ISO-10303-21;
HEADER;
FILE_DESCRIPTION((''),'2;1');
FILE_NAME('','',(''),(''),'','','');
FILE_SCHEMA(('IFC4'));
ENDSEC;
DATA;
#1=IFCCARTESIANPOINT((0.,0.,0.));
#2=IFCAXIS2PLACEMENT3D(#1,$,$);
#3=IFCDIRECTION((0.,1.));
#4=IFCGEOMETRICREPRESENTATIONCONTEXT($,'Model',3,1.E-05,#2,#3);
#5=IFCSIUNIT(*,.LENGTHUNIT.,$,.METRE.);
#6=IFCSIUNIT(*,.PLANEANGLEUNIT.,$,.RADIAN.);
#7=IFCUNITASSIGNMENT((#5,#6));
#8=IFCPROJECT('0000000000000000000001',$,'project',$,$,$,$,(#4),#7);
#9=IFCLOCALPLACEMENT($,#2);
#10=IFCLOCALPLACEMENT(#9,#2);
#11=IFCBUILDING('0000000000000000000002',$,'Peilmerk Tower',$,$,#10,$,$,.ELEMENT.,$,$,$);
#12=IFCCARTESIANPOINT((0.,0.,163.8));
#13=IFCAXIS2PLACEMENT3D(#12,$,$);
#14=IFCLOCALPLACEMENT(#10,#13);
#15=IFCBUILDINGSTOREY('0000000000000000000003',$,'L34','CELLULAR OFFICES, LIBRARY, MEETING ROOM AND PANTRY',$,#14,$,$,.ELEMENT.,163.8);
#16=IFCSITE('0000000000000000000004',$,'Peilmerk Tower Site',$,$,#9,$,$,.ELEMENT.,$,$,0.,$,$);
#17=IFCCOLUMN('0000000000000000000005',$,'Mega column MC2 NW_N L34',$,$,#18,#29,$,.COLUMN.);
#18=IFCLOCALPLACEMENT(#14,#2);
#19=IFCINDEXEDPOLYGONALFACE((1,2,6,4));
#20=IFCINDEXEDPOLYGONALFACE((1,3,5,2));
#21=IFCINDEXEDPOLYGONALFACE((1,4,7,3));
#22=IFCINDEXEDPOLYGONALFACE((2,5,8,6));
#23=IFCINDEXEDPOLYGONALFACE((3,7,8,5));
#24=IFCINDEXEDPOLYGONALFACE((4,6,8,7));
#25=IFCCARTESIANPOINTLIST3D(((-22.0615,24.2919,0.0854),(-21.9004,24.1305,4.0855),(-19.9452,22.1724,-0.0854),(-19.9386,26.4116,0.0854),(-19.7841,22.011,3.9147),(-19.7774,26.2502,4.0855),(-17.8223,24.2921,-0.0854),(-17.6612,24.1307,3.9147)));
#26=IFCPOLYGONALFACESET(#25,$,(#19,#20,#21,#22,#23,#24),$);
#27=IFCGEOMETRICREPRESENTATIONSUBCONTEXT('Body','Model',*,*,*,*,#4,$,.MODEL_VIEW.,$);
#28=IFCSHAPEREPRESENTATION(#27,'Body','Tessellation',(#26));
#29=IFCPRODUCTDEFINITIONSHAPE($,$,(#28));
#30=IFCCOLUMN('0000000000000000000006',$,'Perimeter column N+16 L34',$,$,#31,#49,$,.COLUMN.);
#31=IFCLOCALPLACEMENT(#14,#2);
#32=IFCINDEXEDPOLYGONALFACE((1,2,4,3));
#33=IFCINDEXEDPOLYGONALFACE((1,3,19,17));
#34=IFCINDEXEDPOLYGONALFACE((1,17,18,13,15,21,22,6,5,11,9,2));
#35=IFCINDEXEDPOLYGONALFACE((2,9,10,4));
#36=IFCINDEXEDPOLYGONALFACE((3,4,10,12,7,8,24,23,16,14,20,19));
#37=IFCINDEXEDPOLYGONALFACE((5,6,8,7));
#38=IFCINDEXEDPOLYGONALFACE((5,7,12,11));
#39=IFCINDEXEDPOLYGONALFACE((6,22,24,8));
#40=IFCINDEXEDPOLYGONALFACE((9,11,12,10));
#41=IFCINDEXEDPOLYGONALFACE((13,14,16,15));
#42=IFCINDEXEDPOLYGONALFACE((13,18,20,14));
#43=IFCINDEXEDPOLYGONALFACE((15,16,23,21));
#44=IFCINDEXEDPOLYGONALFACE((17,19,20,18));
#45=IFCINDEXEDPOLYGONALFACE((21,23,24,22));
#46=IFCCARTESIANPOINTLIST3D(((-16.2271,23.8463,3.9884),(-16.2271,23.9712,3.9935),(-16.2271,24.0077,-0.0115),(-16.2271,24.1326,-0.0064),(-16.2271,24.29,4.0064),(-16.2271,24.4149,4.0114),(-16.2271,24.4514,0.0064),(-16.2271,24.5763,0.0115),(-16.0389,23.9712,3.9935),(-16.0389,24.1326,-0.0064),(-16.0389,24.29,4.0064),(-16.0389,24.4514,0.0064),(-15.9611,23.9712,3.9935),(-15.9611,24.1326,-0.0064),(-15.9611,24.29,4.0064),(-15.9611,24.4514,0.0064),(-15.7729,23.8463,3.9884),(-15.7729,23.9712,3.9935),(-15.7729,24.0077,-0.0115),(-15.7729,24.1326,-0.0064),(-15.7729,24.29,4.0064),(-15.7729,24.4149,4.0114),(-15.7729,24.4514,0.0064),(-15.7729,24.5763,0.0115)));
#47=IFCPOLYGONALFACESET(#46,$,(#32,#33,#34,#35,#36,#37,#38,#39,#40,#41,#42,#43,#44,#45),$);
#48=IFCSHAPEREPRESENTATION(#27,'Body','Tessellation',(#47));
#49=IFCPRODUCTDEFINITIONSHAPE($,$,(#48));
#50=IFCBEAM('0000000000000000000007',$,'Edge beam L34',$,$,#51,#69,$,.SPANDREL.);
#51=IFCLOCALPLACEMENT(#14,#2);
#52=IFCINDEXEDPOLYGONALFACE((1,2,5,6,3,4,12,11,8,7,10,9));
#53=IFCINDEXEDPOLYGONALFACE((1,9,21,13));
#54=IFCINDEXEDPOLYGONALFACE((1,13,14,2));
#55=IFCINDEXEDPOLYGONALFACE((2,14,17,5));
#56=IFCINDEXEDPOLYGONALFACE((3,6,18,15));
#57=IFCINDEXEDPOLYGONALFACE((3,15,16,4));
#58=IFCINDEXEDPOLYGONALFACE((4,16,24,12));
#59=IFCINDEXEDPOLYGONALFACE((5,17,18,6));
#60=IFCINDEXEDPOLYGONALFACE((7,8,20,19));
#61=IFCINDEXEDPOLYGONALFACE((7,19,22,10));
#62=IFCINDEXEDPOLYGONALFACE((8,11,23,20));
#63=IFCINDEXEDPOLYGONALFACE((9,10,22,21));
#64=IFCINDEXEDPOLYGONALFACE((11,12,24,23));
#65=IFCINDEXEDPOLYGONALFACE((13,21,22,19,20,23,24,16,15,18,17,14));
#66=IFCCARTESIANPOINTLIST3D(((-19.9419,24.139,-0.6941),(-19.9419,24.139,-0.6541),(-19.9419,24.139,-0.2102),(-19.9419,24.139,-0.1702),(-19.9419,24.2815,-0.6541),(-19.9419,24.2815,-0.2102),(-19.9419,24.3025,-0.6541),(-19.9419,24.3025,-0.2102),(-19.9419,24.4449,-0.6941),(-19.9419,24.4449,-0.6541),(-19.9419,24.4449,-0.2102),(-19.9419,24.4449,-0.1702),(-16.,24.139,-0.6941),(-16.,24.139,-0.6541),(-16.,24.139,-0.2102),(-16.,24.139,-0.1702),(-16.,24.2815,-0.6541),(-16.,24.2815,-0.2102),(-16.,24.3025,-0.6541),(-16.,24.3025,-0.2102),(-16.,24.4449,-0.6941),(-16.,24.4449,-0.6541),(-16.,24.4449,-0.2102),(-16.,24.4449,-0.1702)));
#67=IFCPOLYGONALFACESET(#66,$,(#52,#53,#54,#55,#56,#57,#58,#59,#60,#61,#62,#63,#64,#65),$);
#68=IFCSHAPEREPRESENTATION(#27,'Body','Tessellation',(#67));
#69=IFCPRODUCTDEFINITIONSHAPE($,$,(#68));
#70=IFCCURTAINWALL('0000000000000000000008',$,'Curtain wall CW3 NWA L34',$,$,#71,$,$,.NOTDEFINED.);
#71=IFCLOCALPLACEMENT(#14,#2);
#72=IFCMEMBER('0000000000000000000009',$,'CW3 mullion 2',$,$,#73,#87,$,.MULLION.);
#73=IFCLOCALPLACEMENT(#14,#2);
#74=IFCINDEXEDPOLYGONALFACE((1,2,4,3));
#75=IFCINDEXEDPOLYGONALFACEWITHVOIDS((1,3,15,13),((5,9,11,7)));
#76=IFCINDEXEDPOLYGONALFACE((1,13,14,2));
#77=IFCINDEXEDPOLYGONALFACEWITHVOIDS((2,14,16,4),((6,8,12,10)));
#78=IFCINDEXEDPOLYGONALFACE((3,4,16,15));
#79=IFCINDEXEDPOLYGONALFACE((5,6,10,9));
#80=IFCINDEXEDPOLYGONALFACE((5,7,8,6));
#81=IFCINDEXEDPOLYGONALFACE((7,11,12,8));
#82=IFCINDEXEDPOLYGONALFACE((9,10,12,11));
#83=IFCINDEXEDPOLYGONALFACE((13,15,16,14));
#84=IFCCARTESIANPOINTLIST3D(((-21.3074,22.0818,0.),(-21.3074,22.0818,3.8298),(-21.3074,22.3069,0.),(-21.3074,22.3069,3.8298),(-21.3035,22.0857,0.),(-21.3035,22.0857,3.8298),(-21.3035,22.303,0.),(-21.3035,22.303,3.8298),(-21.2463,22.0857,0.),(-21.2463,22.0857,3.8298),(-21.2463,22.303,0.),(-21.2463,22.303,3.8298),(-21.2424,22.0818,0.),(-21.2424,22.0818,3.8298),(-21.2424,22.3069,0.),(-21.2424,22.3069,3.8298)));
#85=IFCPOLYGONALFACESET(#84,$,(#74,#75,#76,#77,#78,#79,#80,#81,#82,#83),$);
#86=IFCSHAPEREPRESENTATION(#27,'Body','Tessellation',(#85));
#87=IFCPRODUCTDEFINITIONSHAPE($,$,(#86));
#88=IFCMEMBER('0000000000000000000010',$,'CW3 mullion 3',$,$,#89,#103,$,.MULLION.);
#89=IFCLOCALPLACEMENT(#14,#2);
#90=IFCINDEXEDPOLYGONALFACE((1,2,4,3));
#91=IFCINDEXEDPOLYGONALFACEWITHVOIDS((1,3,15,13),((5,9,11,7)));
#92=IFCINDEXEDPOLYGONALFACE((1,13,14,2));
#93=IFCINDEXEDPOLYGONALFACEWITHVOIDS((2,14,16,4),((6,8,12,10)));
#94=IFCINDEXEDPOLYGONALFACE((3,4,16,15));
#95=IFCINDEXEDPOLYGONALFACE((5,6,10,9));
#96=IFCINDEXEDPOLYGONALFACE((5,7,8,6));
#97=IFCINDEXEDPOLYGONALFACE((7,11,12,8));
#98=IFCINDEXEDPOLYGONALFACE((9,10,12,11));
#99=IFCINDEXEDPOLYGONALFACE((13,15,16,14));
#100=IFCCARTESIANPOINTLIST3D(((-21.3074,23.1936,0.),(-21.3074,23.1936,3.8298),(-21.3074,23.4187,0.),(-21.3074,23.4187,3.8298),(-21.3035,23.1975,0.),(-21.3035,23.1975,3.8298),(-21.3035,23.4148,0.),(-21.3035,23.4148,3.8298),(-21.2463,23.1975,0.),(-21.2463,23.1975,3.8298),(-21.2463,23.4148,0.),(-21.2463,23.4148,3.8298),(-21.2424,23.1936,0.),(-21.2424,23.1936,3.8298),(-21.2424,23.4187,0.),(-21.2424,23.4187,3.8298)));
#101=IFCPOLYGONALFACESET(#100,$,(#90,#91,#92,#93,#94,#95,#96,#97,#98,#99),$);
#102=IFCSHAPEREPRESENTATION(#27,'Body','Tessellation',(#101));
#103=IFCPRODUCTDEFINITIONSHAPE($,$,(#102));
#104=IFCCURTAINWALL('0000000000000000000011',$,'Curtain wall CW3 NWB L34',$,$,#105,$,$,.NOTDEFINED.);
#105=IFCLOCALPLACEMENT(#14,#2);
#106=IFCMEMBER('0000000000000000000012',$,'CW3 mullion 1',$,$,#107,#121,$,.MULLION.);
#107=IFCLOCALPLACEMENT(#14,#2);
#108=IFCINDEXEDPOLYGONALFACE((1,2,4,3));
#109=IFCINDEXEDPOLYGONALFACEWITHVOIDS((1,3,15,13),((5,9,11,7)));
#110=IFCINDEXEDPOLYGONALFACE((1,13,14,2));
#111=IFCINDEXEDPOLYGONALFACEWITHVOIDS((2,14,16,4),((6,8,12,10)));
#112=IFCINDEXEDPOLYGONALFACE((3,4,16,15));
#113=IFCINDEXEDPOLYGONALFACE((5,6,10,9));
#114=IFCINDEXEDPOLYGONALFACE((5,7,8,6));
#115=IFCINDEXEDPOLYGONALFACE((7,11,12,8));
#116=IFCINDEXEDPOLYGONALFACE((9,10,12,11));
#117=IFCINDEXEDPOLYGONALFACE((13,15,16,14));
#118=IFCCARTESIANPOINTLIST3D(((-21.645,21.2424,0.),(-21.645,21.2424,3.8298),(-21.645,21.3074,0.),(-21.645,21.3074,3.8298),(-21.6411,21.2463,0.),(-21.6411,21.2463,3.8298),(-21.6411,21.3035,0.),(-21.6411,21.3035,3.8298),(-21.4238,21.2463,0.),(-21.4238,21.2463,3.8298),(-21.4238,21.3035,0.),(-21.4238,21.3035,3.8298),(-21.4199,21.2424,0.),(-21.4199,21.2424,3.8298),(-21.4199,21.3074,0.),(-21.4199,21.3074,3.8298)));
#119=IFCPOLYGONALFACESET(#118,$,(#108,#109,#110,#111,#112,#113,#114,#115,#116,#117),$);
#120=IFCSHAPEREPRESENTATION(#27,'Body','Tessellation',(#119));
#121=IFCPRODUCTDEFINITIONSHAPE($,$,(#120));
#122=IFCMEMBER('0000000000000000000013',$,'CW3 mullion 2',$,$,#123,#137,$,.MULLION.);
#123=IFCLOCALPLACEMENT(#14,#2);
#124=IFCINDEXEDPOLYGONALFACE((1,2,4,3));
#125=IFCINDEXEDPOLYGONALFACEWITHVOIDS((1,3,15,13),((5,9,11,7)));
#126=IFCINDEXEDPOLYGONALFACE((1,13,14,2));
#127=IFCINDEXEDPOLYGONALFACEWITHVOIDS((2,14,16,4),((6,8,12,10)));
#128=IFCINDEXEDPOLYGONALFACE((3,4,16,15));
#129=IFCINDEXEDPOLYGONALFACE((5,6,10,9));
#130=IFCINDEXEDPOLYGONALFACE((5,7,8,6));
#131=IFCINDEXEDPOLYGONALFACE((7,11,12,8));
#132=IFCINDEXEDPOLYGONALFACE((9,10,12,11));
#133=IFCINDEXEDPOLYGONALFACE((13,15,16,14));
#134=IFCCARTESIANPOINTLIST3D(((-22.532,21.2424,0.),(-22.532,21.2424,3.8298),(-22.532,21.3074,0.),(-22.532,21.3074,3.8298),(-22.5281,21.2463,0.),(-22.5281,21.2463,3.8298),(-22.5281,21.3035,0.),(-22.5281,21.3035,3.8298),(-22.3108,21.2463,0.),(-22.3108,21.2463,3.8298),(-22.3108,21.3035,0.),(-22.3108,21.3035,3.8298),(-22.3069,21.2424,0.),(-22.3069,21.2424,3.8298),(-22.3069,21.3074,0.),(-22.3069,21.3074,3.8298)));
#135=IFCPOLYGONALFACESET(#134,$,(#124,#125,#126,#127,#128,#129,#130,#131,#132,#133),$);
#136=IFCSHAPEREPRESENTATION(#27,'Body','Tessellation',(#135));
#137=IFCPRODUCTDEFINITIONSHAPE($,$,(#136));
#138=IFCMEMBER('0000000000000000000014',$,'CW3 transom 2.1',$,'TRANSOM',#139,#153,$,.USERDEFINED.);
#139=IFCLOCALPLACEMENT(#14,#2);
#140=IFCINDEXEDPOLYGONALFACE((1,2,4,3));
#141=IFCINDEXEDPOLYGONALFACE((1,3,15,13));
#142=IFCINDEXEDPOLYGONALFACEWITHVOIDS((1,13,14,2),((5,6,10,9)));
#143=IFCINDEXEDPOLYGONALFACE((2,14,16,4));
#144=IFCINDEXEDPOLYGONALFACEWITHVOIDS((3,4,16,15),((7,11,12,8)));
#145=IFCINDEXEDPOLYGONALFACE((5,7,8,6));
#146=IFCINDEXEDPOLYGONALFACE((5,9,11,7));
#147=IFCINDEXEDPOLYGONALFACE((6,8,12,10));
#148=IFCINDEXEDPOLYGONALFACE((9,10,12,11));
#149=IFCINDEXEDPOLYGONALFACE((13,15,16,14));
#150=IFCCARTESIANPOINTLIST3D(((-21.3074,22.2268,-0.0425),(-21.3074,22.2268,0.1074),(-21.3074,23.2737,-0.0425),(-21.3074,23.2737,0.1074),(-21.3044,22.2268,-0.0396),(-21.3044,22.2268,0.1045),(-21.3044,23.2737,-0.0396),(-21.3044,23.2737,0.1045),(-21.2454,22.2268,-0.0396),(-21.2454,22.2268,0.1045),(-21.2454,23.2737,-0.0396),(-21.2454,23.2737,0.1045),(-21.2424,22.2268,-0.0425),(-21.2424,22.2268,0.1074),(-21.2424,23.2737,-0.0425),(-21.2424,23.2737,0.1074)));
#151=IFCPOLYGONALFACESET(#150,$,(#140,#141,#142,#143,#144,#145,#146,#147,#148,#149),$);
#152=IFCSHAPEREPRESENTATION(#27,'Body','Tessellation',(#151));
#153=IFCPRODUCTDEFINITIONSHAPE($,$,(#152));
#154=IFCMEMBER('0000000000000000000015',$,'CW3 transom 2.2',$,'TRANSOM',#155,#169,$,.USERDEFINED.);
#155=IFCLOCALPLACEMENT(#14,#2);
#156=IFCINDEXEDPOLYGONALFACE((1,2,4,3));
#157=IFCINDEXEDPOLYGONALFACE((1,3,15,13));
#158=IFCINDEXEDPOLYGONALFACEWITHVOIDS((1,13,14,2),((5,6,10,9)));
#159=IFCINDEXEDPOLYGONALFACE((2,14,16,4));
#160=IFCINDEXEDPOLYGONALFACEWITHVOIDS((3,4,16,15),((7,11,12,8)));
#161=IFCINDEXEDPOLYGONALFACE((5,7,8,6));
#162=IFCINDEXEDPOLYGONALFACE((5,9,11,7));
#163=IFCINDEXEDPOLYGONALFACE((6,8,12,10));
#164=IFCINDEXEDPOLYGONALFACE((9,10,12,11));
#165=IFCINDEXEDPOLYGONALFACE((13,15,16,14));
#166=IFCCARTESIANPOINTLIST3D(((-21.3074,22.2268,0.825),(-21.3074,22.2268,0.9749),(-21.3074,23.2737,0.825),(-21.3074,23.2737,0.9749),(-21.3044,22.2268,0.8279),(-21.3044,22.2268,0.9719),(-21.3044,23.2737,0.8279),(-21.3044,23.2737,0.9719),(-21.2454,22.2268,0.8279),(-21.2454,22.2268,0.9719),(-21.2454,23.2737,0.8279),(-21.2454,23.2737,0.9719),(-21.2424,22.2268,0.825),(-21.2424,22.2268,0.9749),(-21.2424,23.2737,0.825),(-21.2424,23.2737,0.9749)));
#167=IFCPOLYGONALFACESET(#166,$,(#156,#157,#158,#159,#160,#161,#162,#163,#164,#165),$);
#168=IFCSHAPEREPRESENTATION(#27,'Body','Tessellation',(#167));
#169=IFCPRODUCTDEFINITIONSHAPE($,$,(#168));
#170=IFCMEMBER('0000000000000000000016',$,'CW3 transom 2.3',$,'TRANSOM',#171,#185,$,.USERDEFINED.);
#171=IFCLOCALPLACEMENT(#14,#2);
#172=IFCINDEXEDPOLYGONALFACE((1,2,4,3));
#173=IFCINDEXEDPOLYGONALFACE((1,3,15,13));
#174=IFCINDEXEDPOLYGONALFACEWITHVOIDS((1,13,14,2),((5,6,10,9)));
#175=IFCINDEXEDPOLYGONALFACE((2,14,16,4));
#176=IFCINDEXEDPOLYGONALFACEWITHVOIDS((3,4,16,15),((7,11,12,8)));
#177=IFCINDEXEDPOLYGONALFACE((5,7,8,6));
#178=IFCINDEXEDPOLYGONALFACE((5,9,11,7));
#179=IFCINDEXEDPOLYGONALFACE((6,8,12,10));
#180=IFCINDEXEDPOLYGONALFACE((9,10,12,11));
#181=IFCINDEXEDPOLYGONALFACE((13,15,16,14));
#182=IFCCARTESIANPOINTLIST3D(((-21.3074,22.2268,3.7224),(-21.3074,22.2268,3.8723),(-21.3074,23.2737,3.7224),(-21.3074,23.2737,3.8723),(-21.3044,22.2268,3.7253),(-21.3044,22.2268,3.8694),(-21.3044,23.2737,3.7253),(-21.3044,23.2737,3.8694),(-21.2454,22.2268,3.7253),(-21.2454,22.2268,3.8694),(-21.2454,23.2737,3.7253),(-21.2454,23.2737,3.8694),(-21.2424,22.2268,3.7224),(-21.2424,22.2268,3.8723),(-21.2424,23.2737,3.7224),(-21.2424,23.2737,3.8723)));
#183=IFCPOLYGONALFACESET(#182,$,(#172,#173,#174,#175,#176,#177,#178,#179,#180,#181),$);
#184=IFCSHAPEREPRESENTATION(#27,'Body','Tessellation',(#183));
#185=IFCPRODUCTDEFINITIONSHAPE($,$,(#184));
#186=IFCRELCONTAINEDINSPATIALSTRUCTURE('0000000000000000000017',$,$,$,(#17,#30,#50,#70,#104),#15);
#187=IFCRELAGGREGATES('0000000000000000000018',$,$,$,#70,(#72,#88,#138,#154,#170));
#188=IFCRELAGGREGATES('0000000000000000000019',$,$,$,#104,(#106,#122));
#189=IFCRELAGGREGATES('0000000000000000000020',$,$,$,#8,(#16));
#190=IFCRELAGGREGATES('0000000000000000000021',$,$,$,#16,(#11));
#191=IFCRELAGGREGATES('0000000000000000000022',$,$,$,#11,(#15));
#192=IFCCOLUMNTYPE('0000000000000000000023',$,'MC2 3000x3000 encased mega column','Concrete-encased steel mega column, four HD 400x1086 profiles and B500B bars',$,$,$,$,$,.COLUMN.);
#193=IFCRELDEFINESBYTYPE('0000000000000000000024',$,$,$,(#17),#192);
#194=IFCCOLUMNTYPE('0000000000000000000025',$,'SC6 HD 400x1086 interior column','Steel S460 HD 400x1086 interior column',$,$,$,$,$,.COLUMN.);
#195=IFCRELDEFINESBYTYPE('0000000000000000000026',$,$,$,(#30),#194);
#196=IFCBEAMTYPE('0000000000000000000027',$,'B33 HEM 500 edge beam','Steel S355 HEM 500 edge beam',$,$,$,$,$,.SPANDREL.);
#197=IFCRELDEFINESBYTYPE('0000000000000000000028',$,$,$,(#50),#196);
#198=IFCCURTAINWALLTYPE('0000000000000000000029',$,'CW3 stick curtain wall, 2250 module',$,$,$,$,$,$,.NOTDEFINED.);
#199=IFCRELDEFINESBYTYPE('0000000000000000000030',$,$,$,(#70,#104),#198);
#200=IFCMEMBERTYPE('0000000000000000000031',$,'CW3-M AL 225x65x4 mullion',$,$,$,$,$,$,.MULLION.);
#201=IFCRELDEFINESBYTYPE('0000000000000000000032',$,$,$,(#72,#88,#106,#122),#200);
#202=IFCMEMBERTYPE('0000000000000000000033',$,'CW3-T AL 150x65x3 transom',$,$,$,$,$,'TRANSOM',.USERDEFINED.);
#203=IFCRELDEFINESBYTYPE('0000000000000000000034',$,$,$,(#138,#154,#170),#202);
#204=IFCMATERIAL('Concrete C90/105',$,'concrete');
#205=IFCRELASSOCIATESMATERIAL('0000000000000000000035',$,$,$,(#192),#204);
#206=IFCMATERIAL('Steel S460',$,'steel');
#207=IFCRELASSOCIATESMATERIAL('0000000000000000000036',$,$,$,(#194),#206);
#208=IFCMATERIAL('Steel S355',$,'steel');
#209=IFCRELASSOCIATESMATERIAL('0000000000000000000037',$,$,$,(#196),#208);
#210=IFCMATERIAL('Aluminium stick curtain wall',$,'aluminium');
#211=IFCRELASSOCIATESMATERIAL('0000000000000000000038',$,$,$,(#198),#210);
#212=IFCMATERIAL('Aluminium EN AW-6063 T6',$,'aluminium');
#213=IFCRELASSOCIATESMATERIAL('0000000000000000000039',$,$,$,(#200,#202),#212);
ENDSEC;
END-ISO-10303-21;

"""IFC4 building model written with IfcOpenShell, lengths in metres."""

from ifc_helpers import new_model, si_unit, direction, frame, origin, origin_2d, place, context, subcontext, project, spatial, rectangle, hollow_rectangle, i_section, extrude, material, material_profile, profile_set, type_object, element, aggregate, save


model = new_model("IFC4")

# Units and contexts
model_context = context("Model", 3, precision=1e-05, world=origin(), true_north=direction((0.0, 1.0)))
body_context = subcontext(model_context, "Body", "Model", "MODEL_VIEW")
ifc_project = project(units=[si_unit("LENGTHUNIT", "METRE"), si_unit("PLANEANGLEUNIT", "RADIAN")], contexts=[model_context])

# Site, building, storey
site_placement = place(None, origin())
site = spatial("IfcSite", under=ifc_project, at=site_placement, Name="Peilmerk Tower Site", CompositionType="ELEMENT", RefElevation=0.0)
building_placement = place(site_placement, origin())
building = spatial("IfcBuilding", under=site, at=building_placement, Name="Peilmerk Tower", CompositionType="ELEMENT")
storey_placement = place(building_placement, frame((0.0, 0.0, 163.8)))
storey = spatial("IfcBuildingStorey", under=building, at=storey_placement, Name="L34", Description="CELLULAR OFFICES, LIBRARY, MEETING ROOM AND PANTRY", CompositionType="ELEMENT", Elevation=163.8)

# Columns
ifc_material_1 = material(Name="Concrete C90/105", Category="concrete")
ifc_material_profile_1 = material_profile(ifc_material_1, rectangle(XDim=3.0, YDim=3.0, at=origin_2d()), Name="RC 3000x3000")
ifc_profile_set_1 = profile_set([ifc_material_profile_1], Name="Concrete C90/105")
column_type_1 = type_object("IfcColumnType", Name="MC2 3000x3000 encased mega column", Description="Concrete-encased steel mega column, four HD 400x1086 profiles and B500B bars", PredefinedType="COLUMN", material=ifc_profile_set_1)
column_1_placement = place(storey_placement, frame((-19.9419, 24.292, 0.0), z_axis=(0.040218, -0.040279, 0.998379), x_axis=(0.707642, 0.706571, 0.0)))
element("IfcColumn", 1, at=column_1_placement, inside=storey, type_object=column_type_1, Name="Mega column MC2 NW_N L34", PredefinedType="COLUMN", context=body_context, shape_type="SweptSolid", body=[
    extrude(rectangle(XDim=3.0, YDim=3.0, at=origin_2d()), origin(), (0.0, 0.0, 1.0), 4.0066),
])
ifc_material_2 = material(Name="Steel S460", Category="steel")
ifc_material_profile_2 = material_profile(ifc_material_2, i_section(OverallWidth=0.4541, OverallDepth=0.5691, WebThickness=0.0779, FlangeThickness=0.125, at=origin_2d()), Name="HD 400x1086")
ifc_profile_set_2 = profile_set([ifc_material_profile_2], Name="Steel S460")
column_type_2 = type_object("IfcColumnType", Name="SC6 HD 400x1086 interior column", Description="Steel S460 HD 400x1086 interior column", PredefinedType="COLUMN", material=ifc_profile_set_2)
column_2_placement = place(storey_placement, frame((-16.0, 24.292, 0.0), z_axis=(0.0, -0.040311, 0.999187), x_axis=(1.0, 0.0, 0.0)))
element("IfcColumn", 2, at=column_2_placement, inside=storey, type_object=column_type_2, Name="Perimeter column N+16 L34", PredefinedType="COLUMN", context=body_context, shape_type="SweptSolid", body=[
    extrude(i_section(OverallWidth=0.4541, OverallDepth=0.5691, WebThickness=0.0779, FlangeThickness=0.125, at=origin_2d()), origin(), (0.0, 0.0, 1.0), 4.0032),
])

# Beam
ifc_material_3 = material(Name="Steel S355", Category="steel")
ifc_material_profile_3 = material_profile(ifc_material_3, i_section(OverallWidth=0.3059, OverallDepth=0.5239, WebThickness=0.021, FlangeThickness=0.04, at=origin_2d()), Name="HEM 500")
ifc_profile_set_3 = profile_set([ifc_material_profile_3], Name="Steel S355")
beam_type = type_object("IfcBeamType", Name="B33 HEM 500 edge beam", Description="Steel S355 HEM 500 edge beam", PredefinedType="SPANDREL", material=ifc_profile_set_3)
beam_placement = place(storey_placement, frame((-16.0, 24.292, -0.4321), z_axis=(-1.0, 0.0, 0.0), x_axis=(0.0, -1.0, 0.0)))
element("IfcBeam", 3, at=beam_placement, inside=storey, type_object=beam_type, Name="Edge beam L34", PredefinedType="SPANDREL", context=body_context, shape_type="SweptSolid", body=[
    extrude(i_section(OverallWidth=0.3059, OverallDepth=0.5239, WebThickness=0.021, FlangeThickness=0.04, at=origin_2d()), origin(), (0.0, 0.0, 1.0), 3.9419),
])

# Curtain walls, members
ifc_material_4 = material(Name="Aluminium stick curtain wall", Category="aluminium")
curtain_wall_type = type_object("IfcCurtainWallType", Name="CW3 stick curtain wall, 2250 module", PredefinedType="NOTDEFINED", material=ifc_material_4)
curtain_wall_1_placement = place(storey_placement, origin())
curtain_wall_1 = element("IfcCurtainWall", 4, at=curtain_wall_1_placement, inside=storey, type_object=curtain_wall_type, Name="Curtain wall CW3 NWA L34", PredefinedType="NOTDEFINED")
ifc_material_5 = material(Name="Aluminium EN AW-6063 T6", Category="aluminium")
ifc_material_profile_4 = material_profile(ifc_material_5, hollow_rectangle(XDim=0.0649, YDim=0.2251, WallThickness=0.0039, at=origin_2d()), Name="AL 225x65x4")
ifc_profile_set_4 = profile_set([ifc_material_profile_4], Name="Aluminium EN AW-6063 T6")
member_type_1 = type_object("IfcMemberType", Name="CW3-M AL 225x65x4 mullion", PredefinedType="MULLION", material=ifc_profile_set_4)
member_1_placement = place(storey_placement, frame((-21.2749, 22.1943, 0.0), z_axis=(0.0, 0.0, 1.0), x_axis=(-1.0, 0.0, 0.0)))
member_1 = element("IfcMember", 5, at=member_1_placement, type_object=member_type_1, Name="CW3 mullion 2", PredefinedType="MULLION", context=body_context, shape_type="SweptSolid", body=[
    extrude(hollow_rectangle(XDim=0.0649, YDim=0.2251, WallThickness=0.0039, at=origin_2d()), origin(), (0.0, 0.0, 1.0), 3.8298),
])
member_2_placement = place(storey_placement, frame((-21.2749, 23.3062, 0.0), z_axis=(0.0, 0.0, 1.0), x_axis=(-1.0, 0.0, 0.0)))
member_2 = element("IfcMember", 6, at=member_2_placement, type_object=member_type_1, Name="CW3 mullion 3", PredefinedType="MULLION", context=body_context, shape_type="SweptSolid", body=[
    extrude(hollow_rectangle(XDim=0.0649, YDim=0.2251, WallThickness=0.0039, at=origin_2d()), origin(), (0.0, 0.0, 1.0), 3.8298),
])
curtain_wall_2_placement = place(storey_placement, origin())
curtain_wall_2 = element("IfcCurtainWall", 7, at=curtain_wall_2_placement, inside=storey, type_object=curtain_wall_type, Name="Curtain wall CW3 NWB L34", PredefinedType="NOTDEFINED")
member_3_placement = place(storey_placement, frame((-21.5325, 21.2749, 0.0), z_axis=(0.0, 0.0, 1.0), x_axis=(0.0, -1.0, 0.0)))
member_3 = element("IfcMember", 8, at=member_3_placement, type_object=member_type_1, Name="CW3 mullion 1", PredefinedType="MULLION", context=body_context, shape_type="SweptSolid", body=[
    extrude(hollow_rectangle(XDim=0.0649, YDim=0.2251, WallThickness=0.0039, at=origin_2d()), origin(), (0.0, 0.0, 1.0), 3.8298),
])
member_4_placement = place(storey_placement, frame((-22.4194, 21.2749, 0.0), z_axis=(0.0, 0.0, 1.0), x_axis=(0.0, -1.0, 0.0)))
member_4 = element("IfcMember", 9, at=member_4_placement, type_object=member_type_1, Name="CW3 mullion 2", PredefinedType="MULLION", context=body_context, shape_type="SweptSolid", body=[
    extrude(hollow_rectangle(XDim=0.0649, YDim=0.2251, WallThickness=0.0039, at=origin_2d()), origin(), (0.0, 0.0, 1.0), 3.8298),
])

# Members
ifc_material_profile_5 = material_profile(ifc_material_5, hollow_rectangle(XDim=0.0649, YDim=0.1499, WallThickness=0.0029, at=origin_2d()), Name="AL 150x65x3")
ifc_profile_set_5 = profile_set([ifc_material_profile_5], Name="Aluminium EN AW-6063 T6")
member_type_2 = type_object("IfcMemberType", Name="CW3-T AL 150x65x3 transom", ElementType="TRANSOM", PredefinedType="USERDEFINED", material=ifc_profile_set_5)
member_5_placement = place(storey_placement, frame((-21.2749, 22.2268, 0.0325), z_axis=(0.0, 1.0, 0.0), x_axis=(-1.0, 0.0, 0.0)))
member_5 = element("IfcMember", 10, at=member_5_placement, type_object=member_type_2, Name="CW3 transom 2.1", ObjectType="TRANSOM", PredefinedType="USERDEFINED", context=body_context, shape_type="SweptSolid", body=[
    extrude(hollow_rectangle(XDim=0.0649, YDim=0.1499, WallThickness=0.0029, at=origin_2d()), origin(), (0.0, 0.0, 1.0), 1.0469),
])
member_6_placement = place(storey_placement, frame((-21.2749, 22.2268, 0.8999), z_axis=(0.0, 1.0, 0.0), x_axis=(-1.0, 0.0, 0.0)))
member_6 = element("IfcMember", 11, at=member_6_placement, type_object=member_type_2, Name="CW3 transom 2.2", ObjectType="TRANSOM", PredefinedType="USERDEFINED", context=body_context, shape_type="SweptSolid", body=[
    extrude(hollow_rectangle(XDim=0.0649, YDim=0.1499, WallThickness=0.0029, at=origin_2d()), origin(), (0.0, 0.0, 1.0), 1.0469),
])
member_7_placement = place(storey_placement, frame((-21.2749, 22.2268, 3.7974), z_axis=(0.0, 1.0, 0.0), x_axis=(-1.0, 0.0, 0.0)))
member_7 = element("IfcMember", 12, at=member_7_placement, type_object=member_type_2, Name="CW3 transom 2.3", ObjectType="TRANSOM", PredefinedType="USERDEFINED", context=body_context, shape_type="SweptSolid", body=[
    extrude(hollow_rectangle(XDim=0.0649, YDim=0.1499, WallThickness=0.0029, at=origin_2d()), origin(), (0.0, 0.0, 1.0), 1.0469),
])

aggregate(curtain_wall_1, [member_1, member_2, member_5, member_6, member_7])
aggregate(curtain_wall_2, [member_3, member_4])

save(model, "model.ifc")
